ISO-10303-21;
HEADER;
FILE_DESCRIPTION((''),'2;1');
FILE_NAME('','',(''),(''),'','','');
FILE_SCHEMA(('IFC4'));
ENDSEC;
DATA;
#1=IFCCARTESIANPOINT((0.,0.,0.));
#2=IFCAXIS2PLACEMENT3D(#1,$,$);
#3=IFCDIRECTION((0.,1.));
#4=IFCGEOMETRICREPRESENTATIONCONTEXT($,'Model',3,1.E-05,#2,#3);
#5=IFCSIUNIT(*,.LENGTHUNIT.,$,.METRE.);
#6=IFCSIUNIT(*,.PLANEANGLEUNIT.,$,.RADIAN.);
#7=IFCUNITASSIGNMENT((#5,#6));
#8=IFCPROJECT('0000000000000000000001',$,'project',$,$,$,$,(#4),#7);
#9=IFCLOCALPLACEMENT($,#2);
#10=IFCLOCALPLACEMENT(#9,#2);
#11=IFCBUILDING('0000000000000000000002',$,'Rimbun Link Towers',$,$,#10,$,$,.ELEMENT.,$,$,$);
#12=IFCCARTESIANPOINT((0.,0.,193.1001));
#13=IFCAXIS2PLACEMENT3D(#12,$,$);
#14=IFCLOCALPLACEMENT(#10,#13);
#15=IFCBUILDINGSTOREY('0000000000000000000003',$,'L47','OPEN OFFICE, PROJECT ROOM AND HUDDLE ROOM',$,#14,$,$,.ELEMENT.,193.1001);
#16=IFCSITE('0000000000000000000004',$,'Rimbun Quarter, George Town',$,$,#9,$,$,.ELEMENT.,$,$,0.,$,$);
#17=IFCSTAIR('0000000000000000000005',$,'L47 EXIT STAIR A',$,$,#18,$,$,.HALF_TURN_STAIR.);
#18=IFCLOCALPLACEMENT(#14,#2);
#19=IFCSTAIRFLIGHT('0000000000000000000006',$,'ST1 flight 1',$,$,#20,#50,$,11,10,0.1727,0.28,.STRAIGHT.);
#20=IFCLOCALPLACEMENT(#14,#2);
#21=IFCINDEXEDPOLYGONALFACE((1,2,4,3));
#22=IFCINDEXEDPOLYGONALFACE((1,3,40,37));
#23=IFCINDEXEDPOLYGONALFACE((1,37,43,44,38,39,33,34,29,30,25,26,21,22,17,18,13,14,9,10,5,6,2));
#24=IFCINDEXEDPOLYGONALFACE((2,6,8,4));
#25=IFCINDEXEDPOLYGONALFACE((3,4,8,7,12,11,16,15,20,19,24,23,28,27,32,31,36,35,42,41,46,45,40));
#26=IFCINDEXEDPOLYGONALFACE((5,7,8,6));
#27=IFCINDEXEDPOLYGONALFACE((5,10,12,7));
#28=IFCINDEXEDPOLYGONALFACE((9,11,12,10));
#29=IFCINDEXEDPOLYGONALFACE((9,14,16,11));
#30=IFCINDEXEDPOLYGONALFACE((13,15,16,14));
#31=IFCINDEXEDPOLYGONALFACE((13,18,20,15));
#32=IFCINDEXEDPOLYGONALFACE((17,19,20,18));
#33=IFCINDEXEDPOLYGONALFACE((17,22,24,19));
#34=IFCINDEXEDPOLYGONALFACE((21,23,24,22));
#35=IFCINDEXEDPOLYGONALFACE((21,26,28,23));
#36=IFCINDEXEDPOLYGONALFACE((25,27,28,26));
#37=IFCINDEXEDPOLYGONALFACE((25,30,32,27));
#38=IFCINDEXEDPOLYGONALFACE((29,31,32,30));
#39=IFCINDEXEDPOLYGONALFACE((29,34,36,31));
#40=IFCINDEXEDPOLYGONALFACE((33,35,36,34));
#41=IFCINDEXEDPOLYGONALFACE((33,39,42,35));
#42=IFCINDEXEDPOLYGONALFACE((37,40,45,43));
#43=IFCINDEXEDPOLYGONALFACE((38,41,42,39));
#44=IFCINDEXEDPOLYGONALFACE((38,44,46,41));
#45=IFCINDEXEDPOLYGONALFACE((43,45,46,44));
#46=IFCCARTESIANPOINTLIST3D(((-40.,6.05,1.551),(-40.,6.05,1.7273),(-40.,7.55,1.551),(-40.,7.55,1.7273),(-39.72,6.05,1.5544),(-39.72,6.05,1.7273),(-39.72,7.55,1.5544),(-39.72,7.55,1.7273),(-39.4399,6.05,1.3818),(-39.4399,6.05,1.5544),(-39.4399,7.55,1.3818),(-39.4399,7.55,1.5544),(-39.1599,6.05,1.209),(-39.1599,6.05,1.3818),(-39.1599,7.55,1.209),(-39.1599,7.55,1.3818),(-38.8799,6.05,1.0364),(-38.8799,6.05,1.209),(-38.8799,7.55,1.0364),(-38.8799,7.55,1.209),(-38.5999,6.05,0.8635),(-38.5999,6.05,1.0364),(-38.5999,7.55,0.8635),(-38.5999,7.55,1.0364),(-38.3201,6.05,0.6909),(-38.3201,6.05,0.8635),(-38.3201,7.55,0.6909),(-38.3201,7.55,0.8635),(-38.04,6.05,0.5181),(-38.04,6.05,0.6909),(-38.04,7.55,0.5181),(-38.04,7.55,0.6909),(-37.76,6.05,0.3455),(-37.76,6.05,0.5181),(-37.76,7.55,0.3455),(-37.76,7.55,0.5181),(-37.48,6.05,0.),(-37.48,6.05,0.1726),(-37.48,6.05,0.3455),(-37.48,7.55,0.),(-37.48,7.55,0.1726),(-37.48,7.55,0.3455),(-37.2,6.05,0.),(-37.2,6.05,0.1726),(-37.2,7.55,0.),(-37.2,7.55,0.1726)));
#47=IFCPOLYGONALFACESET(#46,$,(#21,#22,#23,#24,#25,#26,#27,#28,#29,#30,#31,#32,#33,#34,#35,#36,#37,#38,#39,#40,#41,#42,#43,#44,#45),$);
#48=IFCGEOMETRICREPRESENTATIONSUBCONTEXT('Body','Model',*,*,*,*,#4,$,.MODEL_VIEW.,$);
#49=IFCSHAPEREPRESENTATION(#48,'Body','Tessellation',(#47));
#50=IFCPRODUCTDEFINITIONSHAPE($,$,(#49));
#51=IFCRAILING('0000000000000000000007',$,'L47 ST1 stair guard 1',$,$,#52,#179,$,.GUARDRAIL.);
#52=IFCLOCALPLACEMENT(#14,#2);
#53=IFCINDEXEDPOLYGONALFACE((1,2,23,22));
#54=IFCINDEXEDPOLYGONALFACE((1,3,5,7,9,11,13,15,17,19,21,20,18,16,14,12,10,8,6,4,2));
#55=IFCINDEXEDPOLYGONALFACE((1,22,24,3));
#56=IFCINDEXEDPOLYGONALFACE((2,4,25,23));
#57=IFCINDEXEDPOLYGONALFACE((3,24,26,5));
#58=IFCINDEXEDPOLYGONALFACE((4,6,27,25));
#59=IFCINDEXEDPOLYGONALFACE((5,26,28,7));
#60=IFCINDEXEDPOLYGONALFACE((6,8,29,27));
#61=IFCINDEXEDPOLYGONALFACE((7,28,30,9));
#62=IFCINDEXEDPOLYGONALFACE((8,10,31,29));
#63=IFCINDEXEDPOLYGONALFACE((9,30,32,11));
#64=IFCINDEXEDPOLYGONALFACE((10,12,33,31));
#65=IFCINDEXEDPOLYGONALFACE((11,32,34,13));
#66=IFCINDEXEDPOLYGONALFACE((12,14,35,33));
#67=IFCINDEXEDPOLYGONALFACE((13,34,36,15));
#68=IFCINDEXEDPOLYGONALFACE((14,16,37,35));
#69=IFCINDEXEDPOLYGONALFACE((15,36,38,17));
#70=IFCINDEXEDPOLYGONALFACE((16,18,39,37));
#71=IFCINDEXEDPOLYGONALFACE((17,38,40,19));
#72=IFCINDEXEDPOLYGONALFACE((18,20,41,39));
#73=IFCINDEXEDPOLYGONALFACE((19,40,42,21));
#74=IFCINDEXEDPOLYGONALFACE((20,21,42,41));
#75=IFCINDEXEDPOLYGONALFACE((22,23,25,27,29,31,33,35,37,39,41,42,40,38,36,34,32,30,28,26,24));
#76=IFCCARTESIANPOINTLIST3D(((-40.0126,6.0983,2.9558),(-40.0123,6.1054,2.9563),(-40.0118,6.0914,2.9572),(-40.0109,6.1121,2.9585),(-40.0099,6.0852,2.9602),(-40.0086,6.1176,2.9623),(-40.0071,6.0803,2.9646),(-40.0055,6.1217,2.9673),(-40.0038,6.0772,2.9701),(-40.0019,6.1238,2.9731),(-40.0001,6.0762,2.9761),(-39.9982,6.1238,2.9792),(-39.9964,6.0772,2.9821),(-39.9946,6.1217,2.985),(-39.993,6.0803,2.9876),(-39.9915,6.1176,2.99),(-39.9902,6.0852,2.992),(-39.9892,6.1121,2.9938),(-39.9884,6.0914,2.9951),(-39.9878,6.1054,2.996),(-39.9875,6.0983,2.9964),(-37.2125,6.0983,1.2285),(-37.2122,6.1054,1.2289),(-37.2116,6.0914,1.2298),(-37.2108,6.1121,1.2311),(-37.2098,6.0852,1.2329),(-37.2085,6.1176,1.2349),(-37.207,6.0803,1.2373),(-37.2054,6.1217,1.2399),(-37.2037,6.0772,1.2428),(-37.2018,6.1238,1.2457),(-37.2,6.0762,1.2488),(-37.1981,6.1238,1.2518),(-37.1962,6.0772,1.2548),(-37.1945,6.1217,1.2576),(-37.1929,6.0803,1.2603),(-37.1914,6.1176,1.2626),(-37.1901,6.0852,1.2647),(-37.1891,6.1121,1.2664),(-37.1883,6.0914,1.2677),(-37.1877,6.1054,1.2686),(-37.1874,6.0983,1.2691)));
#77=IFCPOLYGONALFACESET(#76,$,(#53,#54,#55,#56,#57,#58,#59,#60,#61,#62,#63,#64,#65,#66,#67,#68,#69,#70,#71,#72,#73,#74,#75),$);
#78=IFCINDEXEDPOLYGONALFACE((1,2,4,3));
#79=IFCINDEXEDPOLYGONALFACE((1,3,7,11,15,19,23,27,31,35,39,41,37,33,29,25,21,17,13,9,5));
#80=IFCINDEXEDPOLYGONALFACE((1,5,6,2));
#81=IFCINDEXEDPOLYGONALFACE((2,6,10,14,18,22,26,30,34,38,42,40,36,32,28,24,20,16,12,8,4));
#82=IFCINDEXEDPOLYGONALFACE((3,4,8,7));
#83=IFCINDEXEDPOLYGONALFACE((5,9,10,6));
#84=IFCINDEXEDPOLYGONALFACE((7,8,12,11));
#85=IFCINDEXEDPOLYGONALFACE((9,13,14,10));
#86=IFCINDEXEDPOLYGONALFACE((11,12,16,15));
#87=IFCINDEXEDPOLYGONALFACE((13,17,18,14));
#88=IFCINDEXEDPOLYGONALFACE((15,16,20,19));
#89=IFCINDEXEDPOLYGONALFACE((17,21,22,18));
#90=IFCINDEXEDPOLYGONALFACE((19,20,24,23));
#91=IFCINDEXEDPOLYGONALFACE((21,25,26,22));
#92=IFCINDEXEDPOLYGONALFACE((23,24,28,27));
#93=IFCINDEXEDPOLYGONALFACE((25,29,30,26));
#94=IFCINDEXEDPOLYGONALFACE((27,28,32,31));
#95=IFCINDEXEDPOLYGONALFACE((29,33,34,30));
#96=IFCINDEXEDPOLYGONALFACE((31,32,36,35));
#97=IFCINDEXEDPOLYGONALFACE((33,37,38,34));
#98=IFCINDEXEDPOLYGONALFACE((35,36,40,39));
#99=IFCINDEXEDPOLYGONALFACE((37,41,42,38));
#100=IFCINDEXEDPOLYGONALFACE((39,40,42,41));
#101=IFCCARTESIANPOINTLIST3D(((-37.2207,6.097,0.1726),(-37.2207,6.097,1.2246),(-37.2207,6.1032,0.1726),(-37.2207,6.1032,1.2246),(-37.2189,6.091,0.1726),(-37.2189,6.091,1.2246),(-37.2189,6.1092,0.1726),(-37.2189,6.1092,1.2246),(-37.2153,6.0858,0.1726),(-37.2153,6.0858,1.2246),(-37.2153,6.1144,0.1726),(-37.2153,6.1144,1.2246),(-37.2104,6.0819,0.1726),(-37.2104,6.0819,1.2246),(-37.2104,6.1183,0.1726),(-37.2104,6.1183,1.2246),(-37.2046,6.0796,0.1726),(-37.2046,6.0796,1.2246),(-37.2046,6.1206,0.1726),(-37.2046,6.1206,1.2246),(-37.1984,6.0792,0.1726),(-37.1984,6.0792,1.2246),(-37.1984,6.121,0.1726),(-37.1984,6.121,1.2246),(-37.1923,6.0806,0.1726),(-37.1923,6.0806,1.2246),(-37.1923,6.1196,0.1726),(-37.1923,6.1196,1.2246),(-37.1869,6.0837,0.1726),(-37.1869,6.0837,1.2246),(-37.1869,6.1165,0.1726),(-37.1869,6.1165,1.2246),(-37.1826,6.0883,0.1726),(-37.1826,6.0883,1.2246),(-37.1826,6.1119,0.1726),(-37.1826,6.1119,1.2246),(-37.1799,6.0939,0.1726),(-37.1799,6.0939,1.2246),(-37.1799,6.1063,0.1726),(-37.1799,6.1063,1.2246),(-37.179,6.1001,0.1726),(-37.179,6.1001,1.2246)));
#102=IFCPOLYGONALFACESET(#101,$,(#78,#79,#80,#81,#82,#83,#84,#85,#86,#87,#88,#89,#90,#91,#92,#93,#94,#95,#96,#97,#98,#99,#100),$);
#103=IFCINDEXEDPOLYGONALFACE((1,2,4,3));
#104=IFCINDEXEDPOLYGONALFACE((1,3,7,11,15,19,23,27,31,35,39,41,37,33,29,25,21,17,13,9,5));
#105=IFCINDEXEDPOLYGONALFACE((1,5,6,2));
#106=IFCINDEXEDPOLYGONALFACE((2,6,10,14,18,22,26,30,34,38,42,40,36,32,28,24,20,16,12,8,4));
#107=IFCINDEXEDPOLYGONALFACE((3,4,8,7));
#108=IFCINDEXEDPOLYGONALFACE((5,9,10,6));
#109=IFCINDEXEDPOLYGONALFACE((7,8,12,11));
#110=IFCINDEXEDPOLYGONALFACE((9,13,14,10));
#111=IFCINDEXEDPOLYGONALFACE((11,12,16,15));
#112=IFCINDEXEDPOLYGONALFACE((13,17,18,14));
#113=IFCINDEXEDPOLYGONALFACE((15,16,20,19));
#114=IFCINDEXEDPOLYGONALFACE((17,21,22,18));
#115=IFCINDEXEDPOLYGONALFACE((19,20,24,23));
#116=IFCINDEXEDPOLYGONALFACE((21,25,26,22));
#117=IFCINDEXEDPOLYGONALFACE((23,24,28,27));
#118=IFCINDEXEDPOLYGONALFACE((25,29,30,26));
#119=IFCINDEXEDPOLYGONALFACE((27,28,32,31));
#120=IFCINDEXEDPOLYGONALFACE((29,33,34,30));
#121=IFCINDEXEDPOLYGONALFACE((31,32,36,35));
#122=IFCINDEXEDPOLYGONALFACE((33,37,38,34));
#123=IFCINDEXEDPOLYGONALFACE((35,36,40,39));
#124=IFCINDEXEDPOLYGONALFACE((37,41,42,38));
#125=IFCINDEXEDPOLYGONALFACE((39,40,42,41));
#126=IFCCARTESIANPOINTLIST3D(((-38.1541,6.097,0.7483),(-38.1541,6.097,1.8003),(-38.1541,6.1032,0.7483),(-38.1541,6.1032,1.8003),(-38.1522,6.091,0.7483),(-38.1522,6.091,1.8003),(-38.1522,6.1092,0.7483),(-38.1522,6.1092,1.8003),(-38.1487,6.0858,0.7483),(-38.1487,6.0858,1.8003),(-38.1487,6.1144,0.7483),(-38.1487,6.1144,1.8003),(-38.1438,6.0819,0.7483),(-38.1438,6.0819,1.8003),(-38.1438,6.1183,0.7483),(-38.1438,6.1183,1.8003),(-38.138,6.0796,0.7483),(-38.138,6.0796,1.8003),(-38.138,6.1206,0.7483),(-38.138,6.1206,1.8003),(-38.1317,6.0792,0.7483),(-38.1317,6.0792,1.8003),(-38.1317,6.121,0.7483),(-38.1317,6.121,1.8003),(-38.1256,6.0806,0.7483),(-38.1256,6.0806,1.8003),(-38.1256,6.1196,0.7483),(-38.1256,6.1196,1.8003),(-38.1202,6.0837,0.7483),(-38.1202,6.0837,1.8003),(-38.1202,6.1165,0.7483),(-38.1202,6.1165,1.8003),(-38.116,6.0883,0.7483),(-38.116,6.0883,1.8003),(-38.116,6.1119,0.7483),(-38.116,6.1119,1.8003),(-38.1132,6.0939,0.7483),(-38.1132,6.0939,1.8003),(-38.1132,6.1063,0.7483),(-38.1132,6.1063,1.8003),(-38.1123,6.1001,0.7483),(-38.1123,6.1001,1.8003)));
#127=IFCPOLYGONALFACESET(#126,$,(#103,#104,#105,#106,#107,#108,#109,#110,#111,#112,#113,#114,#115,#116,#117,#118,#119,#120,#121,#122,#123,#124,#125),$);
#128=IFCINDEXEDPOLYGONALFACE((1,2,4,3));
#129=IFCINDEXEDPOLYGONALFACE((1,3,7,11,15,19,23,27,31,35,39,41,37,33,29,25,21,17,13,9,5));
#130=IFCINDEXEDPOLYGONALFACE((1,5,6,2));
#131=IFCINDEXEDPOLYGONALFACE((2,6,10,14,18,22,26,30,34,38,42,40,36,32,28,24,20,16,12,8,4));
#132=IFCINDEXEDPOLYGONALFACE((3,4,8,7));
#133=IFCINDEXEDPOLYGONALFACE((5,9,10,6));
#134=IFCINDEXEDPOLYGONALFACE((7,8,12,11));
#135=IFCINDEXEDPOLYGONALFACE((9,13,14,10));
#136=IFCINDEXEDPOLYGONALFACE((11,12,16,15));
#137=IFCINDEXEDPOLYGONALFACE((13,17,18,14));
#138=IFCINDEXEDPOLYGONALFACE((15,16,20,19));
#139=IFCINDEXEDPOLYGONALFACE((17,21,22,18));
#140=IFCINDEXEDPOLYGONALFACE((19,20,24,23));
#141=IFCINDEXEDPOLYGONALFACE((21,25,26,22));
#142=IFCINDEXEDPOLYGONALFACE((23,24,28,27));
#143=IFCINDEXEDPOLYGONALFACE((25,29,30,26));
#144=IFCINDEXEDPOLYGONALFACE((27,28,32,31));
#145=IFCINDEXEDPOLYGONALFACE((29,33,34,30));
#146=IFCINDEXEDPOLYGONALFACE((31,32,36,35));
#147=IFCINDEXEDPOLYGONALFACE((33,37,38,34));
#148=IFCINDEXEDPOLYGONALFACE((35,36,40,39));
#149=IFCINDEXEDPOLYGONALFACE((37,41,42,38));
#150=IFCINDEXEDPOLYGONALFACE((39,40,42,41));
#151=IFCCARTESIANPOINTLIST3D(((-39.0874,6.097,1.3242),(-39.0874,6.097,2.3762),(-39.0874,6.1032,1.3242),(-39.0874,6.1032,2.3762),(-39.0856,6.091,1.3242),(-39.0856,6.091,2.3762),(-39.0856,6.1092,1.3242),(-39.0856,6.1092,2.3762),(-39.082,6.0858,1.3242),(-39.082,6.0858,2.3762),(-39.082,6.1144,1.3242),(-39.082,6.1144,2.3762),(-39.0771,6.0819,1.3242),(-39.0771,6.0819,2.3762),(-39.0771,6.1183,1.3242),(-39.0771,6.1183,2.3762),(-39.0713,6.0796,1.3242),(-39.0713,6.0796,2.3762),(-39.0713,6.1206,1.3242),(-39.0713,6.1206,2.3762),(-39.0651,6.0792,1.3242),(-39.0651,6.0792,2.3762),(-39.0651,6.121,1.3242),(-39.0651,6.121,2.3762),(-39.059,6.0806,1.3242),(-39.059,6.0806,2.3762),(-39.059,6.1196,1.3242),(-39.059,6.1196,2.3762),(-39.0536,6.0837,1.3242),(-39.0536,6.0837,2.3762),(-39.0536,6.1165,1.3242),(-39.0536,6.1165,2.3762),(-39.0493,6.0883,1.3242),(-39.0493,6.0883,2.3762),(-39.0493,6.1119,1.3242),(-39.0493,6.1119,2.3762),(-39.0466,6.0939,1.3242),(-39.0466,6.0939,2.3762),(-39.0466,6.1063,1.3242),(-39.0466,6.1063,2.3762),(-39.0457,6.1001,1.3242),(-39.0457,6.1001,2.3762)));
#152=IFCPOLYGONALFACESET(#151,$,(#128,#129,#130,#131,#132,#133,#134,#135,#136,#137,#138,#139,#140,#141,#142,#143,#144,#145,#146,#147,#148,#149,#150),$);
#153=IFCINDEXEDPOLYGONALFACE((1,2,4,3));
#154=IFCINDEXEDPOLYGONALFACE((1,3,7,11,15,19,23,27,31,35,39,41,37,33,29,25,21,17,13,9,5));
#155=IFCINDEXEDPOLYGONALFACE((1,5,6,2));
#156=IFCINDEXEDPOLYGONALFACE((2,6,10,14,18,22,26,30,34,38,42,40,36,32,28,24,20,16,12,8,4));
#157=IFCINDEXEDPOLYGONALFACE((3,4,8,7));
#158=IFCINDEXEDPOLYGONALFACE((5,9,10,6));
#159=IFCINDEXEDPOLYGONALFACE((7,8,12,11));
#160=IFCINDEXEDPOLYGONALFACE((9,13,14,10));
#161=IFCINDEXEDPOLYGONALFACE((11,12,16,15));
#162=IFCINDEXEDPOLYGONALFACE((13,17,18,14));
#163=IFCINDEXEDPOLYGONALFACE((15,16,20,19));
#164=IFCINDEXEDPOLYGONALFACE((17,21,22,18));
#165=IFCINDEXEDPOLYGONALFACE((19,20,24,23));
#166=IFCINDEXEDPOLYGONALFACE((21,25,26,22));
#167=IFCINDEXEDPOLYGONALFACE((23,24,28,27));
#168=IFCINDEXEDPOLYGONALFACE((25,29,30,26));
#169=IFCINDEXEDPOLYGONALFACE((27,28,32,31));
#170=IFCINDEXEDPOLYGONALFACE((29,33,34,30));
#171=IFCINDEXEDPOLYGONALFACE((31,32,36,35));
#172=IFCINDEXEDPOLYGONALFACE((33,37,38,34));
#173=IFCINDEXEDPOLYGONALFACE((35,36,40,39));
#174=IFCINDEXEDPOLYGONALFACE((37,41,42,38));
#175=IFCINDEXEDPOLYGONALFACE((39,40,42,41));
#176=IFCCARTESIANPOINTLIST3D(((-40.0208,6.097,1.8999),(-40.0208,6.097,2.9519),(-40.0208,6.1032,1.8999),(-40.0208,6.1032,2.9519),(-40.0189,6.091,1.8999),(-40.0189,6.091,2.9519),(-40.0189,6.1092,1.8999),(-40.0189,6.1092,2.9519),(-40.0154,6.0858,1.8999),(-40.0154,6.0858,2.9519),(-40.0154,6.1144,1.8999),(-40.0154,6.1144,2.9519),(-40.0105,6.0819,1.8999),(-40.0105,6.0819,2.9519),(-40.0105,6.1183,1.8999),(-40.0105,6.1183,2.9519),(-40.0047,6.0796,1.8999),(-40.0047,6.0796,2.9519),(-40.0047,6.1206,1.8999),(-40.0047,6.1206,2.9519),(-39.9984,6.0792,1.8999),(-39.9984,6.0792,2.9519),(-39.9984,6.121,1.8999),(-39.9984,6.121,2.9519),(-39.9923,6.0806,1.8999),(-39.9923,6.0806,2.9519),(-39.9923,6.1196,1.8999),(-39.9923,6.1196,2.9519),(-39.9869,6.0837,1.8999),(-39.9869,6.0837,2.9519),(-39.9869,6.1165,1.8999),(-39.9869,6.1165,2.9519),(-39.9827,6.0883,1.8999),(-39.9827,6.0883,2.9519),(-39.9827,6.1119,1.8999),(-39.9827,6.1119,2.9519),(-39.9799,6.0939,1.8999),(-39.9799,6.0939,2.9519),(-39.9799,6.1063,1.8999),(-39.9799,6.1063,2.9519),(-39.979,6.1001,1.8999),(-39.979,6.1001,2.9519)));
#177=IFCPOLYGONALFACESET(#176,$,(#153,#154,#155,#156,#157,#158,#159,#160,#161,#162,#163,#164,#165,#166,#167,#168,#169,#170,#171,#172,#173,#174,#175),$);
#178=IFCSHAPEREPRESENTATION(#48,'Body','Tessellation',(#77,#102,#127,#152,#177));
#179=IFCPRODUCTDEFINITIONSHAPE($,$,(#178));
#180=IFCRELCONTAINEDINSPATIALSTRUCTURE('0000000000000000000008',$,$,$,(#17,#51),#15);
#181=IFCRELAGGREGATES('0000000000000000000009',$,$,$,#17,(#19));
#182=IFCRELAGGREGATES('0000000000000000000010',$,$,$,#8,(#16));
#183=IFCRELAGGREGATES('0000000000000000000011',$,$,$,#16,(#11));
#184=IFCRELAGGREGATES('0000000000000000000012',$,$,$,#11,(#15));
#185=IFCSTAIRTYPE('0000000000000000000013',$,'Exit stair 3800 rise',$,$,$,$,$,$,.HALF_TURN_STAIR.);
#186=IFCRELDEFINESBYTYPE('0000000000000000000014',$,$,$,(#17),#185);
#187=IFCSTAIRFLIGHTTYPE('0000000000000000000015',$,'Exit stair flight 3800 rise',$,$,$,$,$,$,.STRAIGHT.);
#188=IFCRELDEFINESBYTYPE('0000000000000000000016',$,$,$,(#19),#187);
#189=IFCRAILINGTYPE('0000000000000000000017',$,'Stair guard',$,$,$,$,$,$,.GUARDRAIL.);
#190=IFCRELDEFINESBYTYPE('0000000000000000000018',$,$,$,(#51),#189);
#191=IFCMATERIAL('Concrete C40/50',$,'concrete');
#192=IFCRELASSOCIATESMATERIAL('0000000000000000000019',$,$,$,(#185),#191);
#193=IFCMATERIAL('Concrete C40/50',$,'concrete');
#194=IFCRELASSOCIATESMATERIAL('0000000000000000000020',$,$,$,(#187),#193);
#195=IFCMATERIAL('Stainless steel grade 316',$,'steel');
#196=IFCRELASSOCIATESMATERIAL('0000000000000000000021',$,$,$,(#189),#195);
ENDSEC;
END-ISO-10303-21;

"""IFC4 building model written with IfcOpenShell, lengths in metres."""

from ifc_helpers import new_model, si_unit, direction, frame, origin, origin_2d, place, context, subcontext, project, spatial, polyline, circle, outline, extrude, material, type_object, element, aggregate, save


model = new_model("IFC4")

# Units and contexts
model_context = context("Model", 3, precision=1e-05, world=origin(), true_north=direction((0.0, 1.0)))
body_context = subcontext(model_context, "Body", "Model", "MODEL_VIEW")
ifc_project = project(units=[si_unit("LENGTHUNIT", "METRE"), si_unit("PLANEANGLEUNIT", "RADIAN")], contexts=[model_context])

# Site, building, storey
site_placement = place(None, origin())
site = spatial("IfcSite", under=ifc_project, at=site_placement, Name="Rimbun Quarter, George Town", CompositionType="ELEMENT", RefElevation=0.0)
building_placement = place(site_placement, origin())
building = spatial("IfcBuilding", under=site, at=building_placement, Name="Rimbun Link Towers", CompositionType="ELEMENT")
storey_placement = place(building_placement, frame((0.0, 0.0, 193.1001)))
storey = spatial("IfcBuildingStorey", under=building, at=storey_placement, Name="L47", Description="OPEN OFFICE, PROJECT ROOM AND HUDDLE ROOM", CompositionType="ELEMENT", Elevation=193.1001)

# Stair, stair flight
ifc_material_1 = material(Name="Concrete C40/50", Category="concrete")
stair_type = type_object("IfcStairType", Name="Exit stair 3800 rise", PredefinedType="HALF_TURN_STAIR", material=ifc_material_1)
stair_placement = place(storey_placement, origin())
stair = element("IfcStair", 1, at=stair_placement, inside=storey, type_object=stair_type, Name="L47 EXIT STAIR A", PredefinedType="HALF_TURN_STAIR")
ifc_material_2 = material(Name="Concrete C40/50", Category="concrete")
stair_flight_type = type_object("IfcStairFlightType", Name="Exit stair flight 3800 rise", PredefinedType="STRAIGHT", material=ifc_material_2)
stair_flight_placement = place(storey_placement, frame((-37.2, 6.8, 0.0), z_axis=(0.0, 0.0, 1.0), x_axis=(-1.0, 0.0, 0.0)))
stair_flight = element("IfcStairFlight", 2, at=stair_flight_placement, type_object=stair_flight_type, Name="ST1 flight 1", NumberOfRisers=11, NumberOfTreads=10, PredefinedType="STRAIGHT", RiserHeight=0.1727, TreadLength=0.28, context=body_context, shape_type="SweptSolid", body=[
    extrude(outline(polyline([(0.0, 0.0), (0.0, 0.1726), (0.28, 0.1726), (0.28, 0.3455), (0.5601, 0.3455), (0.5601, 0.5181), (0.8401, 0.5181), (0.8401, 0.6909), (1.1201, 0.6909), (1.1201, 0.8635), (1.3999, 0.8635), (1.3999, 1.0364), (1.6799, 1.0364), (1.6799, 1.209), (1.96, 1.209), (1.96, 1.3818), (2.24, 1.3818), (2.24, 1.5544), (2.52, 1.5544), (2.52, 1.7273), (2.8, 1.7273), (2.8, 1.8999), (2.8, 1.551), (0.28, 0.0), (0.0, 0.0)])), frame((0.0, 0.75, 0.0), z_axis=(0.0, -1.0, 0.0), x_axis=(1.0, 0.0, 0.0)), (0.0, 0.0, 1.0), 1.5),
])
aggregate(stair, [stair_flight])

# Railing
ifc_material_3 = material(Name="Stainless steel grade 316", Category="steel")
railing_type_1 = type_object("IfcRailingType", Name="Stair guard", PredefinedType="GUARDRAIL", material=ifc_material_3)
railing_1_placement = place(storey_placement, frame((-37.2, 6.1001, 0.1726)))
element("IfcRailing", 3, at=railing_1_placement, inside=storey, type_object=railing_type_1, Name="L47 ST1 stair guard 1", PredefinedType="GUARDRAIL", context=body_context, shape_type="SweptSolid", body=[
    extrude(circle(Radius=0.0239, at=origin_2d()), frame((0.0, 0.0, 1.0762), z_axis=(-0.85109, 0.0, 0.52502), x_axis=(0.0, -1.0, 0.0)), (0.0, 0.0, 1.0), 3.29),
    extrude(circle(Radius=0.021, at=origin_2d()), origin(), (0.0, 0.0, 1.0), 1.052),
    extrude(circle(Radius=0.021, at=origin_2d()), frame((-0.9333, 0.0, 0.5757)), (0.0, 0.0, 1.0), 1.052),
    extrude(circle(Radius=0.021, at=origin_2d()), frame((-1.8667, 0.0, 1.1516)), (0.0, 0.0, 1.0), 1.052),
    extrude(circle(Radius=0.021, at=origin_2d()), frame((-2.8, 0.0, 1.7273)), (0.0, 0.0, 1.0), 1.052),
])

save(model, "model.ifc")
